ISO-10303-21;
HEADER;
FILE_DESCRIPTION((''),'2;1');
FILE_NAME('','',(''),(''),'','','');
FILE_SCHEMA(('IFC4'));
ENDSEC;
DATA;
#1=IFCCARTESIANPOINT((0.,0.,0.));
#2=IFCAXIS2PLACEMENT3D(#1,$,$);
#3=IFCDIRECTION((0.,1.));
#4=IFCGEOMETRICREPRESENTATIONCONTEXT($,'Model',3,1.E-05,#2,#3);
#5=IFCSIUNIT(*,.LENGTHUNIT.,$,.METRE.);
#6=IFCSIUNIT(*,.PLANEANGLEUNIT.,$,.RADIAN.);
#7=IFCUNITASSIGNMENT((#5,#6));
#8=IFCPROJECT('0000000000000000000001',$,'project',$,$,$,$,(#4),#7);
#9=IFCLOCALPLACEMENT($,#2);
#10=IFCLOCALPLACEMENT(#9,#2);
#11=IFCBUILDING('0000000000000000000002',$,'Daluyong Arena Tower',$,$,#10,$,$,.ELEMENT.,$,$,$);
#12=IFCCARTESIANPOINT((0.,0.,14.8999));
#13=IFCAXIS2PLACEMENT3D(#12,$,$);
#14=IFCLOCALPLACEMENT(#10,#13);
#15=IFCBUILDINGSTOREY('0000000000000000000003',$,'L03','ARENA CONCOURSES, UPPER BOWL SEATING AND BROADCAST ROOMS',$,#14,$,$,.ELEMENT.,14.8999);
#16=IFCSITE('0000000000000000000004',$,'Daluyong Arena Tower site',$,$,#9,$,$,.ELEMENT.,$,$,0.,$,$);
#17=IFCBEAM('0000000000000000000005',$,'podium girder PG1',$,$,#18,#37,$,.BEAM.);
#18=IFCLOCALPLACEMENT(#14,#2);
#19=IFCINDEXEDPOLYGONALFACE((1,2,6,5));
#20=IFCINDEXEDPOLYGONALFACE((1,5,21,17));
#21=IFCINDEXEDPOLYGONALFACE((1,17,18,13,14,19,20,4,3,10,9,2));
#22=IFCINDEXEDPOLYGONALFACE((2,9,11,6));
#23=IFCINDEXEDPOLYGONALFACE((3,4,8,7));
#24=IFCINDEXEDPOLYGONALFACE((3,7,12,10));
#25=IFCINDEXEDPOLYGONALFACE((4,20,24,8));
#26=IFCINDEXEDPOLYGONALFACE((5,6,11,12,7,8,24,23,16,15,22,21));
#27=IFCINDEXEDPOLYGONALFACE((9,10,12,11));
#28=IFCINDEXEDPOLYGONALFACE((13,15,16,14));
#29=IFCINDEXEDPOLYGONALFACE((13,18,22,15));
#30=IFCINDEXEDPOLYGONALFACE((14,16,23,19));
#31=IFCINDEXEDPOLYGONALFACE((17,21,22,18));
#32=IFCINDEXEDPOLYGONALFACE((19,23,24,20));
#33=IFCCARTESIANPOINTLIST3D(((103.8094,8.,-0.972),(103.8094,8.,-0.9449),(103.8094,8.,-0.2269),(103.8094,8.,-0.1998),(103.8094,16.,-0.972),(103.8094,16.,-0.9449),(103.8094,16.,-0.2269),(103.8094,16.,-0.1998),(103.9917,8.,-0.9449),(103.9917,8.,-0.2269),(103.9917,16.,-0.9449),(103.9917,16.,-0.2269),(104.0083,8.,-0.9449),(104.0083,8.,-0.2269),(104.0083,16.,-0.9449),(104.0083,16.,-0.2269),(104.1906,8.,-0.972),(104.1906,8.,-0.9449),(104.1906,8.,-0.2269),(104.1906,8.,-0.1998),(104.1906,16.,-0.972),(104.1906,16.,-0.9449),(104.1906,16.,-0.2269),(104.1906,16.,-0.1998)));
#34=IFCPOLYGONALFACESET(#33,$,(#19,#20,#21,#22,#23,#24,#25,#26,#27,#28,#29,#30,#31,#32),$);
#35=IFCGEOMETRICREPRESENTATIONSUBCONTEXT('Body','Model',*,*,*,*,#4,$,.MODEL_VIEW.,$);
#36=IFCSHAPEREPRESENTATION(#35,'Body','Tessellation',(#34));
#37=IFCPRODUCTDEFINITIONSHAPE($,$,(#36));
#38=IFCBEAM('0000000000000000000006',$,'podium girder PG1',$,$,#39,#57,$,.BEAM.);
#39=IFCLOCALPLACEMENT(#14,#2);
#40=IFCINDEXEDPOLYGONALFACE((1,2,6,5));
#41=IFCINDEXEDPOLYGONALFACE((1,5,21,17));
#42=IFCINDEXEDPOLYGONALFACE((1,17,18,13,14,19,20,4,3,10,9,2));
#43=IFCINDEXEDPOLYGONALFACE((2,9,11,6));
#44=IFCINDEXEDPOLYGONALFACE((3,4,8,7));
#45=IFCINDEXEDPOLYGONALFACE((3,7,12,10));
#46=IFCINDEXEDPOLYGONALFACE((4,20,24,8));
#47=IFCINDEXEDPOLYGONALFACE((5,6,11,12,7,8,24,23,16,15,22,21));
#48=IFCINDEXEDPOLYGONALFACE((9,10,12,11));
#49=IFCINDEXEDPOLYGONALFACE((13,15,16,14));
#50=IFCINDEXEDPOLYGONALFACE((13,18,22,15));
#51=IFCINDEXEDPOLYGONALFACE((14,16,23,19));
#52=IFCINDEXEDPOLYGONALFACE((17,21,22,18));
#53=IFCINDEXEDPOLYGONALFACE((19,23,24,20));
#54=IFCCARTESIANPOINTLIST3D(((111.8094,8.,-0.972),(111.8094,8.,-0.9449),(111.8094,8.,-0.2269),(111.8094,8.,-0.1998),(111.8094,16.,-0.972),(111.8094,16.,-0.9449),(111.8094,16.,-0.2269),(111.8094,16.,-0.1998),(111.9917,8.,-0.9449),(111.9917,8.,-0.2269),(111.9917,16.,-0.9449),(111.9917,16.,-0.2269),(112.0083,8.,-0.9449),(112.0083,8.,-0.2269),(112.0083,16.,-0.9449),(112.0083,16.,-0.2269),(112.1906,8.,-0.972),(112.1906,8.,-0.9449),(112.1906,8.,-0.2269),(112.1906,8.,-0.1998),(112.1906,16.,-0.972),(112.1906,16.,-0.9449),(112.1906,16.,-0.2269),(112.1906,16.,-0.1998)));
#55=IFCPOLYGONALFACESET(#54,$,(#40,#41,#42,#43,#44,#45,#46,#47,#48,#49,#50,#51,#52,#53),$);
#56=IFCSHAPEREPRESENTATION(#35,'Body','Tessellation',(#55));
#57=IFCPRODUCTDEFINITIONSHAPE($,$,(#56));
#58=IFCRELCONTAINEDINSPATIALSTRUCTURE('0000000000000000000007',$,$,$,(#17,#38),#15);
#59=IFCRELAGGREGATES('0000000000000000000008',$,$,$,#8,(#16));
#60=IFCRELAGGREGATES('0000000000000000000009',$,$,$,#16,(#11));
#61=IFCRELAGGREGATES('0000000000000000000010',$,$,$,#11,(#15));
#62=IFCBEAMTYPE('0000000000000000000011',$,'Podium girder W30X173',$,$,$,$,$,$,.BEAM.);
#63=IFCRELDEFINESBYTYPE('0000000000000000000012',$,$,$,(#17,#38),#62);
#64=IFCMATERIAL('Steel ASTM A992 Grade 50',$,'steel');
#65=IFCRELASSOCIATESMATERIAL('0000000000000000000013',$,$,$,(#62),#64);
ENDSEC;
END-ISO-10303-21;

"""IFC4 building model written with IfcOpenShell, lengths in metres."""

from ifc_helpers import new_model, si_unit, direction, frame, origin, origin_2d, place, context, subcontext, project, spatial, i_section, extrude, material, material_profile, profile_set, type_object, element, save


model = new_model("IFC4")

# Units and contexts
model_context = context("Model", 3, precision=1e-05, world=origin(), true_north=direction((0.0, 1.0)))
body_context = subcontext(model_context, "Body", "Model", "MODEL_VIEW")
ifc_project = project(units=[si_unit("LENGTHUNIT", "METRE"), si_unit("PLANEANGLEUNIT", "RADIAN")], contexts=[model_context])

# Site, building, storey
site_placement = place(None, origin())
site = spatial("IfcSite", under=ifc_project, at=site_placement, Name="Daluyong Arena Tower site", CompositionType="ELEMENT", RefElevation=0.0)
building_placement = place(site_placement, origin())
building = spatial("IfcBuilding", under=site, at=building_placement, Name="Daluyong Arena Tower", CompositionType="ELEMENT")
storey_placement = place(building_placement, frame((0.0, 0.0, 14.8999)))
storey = spatial("IfcBuildingStorey", under=building, at=storey_placement, Name="L03", Description="ARENA CONCOURSES, UPPER BOWL SEATING AND BROADCAST ROOMS", CompositionType="ELEMENT", Elevation=14.8999)

# Beams
ifc_material_1 = material(Name="Steel ASTM A992 Grade 50", Category="steel")
ifc_material_profile_1 = material_profile(ifc_material_1, i_section(OverallWidth=0.3811, OverallDepth=0.7722, WebThickness=0.0166, FlangeThickness=0.0271, at=origin_2d()))
ifc_profile_set_1 = profile_set([ifc_material_profile_1], Name="Steel ASTM A992 Grade 50")
beam_type_1 = type_object("IfcBeamType", Name="Podium girder W30X173", PredefinedType="BEAM", material=ifc_profile_set_1)
for number, where, z_axis, x_axis, name in (
    (1, (104.0, 8.0, -0.5859), (0.0, 1.0, 0.0), (-1.0, 0.0, 0.0), "podium girder PG1"),
    (2, (112.0, 8.0, -0.5859), (0.0, 1.0, 0.0), (-1.0, 0.0, 0.0), "podium girder PG1"),
):
    element("IfcBeam", number, at=place(storey_placement, frame(where, z_axis=z_axis, x_axis=x_axis)), inside=storey, type_object=beam_type_1, Name=name, PredefinedType="BEAM", context=body_context, shape_type="SweptSolid", body=[
        extrude(i_section(OverallWidth=0.3811, OverallDepth=0.7722, WebThickness=0.0166, FlangeThickness=0.0271, at=origin_2d()), origin(), (0.0, 0.0, 1.0), 8.0),
    ])

save(model, "model.ifc")
